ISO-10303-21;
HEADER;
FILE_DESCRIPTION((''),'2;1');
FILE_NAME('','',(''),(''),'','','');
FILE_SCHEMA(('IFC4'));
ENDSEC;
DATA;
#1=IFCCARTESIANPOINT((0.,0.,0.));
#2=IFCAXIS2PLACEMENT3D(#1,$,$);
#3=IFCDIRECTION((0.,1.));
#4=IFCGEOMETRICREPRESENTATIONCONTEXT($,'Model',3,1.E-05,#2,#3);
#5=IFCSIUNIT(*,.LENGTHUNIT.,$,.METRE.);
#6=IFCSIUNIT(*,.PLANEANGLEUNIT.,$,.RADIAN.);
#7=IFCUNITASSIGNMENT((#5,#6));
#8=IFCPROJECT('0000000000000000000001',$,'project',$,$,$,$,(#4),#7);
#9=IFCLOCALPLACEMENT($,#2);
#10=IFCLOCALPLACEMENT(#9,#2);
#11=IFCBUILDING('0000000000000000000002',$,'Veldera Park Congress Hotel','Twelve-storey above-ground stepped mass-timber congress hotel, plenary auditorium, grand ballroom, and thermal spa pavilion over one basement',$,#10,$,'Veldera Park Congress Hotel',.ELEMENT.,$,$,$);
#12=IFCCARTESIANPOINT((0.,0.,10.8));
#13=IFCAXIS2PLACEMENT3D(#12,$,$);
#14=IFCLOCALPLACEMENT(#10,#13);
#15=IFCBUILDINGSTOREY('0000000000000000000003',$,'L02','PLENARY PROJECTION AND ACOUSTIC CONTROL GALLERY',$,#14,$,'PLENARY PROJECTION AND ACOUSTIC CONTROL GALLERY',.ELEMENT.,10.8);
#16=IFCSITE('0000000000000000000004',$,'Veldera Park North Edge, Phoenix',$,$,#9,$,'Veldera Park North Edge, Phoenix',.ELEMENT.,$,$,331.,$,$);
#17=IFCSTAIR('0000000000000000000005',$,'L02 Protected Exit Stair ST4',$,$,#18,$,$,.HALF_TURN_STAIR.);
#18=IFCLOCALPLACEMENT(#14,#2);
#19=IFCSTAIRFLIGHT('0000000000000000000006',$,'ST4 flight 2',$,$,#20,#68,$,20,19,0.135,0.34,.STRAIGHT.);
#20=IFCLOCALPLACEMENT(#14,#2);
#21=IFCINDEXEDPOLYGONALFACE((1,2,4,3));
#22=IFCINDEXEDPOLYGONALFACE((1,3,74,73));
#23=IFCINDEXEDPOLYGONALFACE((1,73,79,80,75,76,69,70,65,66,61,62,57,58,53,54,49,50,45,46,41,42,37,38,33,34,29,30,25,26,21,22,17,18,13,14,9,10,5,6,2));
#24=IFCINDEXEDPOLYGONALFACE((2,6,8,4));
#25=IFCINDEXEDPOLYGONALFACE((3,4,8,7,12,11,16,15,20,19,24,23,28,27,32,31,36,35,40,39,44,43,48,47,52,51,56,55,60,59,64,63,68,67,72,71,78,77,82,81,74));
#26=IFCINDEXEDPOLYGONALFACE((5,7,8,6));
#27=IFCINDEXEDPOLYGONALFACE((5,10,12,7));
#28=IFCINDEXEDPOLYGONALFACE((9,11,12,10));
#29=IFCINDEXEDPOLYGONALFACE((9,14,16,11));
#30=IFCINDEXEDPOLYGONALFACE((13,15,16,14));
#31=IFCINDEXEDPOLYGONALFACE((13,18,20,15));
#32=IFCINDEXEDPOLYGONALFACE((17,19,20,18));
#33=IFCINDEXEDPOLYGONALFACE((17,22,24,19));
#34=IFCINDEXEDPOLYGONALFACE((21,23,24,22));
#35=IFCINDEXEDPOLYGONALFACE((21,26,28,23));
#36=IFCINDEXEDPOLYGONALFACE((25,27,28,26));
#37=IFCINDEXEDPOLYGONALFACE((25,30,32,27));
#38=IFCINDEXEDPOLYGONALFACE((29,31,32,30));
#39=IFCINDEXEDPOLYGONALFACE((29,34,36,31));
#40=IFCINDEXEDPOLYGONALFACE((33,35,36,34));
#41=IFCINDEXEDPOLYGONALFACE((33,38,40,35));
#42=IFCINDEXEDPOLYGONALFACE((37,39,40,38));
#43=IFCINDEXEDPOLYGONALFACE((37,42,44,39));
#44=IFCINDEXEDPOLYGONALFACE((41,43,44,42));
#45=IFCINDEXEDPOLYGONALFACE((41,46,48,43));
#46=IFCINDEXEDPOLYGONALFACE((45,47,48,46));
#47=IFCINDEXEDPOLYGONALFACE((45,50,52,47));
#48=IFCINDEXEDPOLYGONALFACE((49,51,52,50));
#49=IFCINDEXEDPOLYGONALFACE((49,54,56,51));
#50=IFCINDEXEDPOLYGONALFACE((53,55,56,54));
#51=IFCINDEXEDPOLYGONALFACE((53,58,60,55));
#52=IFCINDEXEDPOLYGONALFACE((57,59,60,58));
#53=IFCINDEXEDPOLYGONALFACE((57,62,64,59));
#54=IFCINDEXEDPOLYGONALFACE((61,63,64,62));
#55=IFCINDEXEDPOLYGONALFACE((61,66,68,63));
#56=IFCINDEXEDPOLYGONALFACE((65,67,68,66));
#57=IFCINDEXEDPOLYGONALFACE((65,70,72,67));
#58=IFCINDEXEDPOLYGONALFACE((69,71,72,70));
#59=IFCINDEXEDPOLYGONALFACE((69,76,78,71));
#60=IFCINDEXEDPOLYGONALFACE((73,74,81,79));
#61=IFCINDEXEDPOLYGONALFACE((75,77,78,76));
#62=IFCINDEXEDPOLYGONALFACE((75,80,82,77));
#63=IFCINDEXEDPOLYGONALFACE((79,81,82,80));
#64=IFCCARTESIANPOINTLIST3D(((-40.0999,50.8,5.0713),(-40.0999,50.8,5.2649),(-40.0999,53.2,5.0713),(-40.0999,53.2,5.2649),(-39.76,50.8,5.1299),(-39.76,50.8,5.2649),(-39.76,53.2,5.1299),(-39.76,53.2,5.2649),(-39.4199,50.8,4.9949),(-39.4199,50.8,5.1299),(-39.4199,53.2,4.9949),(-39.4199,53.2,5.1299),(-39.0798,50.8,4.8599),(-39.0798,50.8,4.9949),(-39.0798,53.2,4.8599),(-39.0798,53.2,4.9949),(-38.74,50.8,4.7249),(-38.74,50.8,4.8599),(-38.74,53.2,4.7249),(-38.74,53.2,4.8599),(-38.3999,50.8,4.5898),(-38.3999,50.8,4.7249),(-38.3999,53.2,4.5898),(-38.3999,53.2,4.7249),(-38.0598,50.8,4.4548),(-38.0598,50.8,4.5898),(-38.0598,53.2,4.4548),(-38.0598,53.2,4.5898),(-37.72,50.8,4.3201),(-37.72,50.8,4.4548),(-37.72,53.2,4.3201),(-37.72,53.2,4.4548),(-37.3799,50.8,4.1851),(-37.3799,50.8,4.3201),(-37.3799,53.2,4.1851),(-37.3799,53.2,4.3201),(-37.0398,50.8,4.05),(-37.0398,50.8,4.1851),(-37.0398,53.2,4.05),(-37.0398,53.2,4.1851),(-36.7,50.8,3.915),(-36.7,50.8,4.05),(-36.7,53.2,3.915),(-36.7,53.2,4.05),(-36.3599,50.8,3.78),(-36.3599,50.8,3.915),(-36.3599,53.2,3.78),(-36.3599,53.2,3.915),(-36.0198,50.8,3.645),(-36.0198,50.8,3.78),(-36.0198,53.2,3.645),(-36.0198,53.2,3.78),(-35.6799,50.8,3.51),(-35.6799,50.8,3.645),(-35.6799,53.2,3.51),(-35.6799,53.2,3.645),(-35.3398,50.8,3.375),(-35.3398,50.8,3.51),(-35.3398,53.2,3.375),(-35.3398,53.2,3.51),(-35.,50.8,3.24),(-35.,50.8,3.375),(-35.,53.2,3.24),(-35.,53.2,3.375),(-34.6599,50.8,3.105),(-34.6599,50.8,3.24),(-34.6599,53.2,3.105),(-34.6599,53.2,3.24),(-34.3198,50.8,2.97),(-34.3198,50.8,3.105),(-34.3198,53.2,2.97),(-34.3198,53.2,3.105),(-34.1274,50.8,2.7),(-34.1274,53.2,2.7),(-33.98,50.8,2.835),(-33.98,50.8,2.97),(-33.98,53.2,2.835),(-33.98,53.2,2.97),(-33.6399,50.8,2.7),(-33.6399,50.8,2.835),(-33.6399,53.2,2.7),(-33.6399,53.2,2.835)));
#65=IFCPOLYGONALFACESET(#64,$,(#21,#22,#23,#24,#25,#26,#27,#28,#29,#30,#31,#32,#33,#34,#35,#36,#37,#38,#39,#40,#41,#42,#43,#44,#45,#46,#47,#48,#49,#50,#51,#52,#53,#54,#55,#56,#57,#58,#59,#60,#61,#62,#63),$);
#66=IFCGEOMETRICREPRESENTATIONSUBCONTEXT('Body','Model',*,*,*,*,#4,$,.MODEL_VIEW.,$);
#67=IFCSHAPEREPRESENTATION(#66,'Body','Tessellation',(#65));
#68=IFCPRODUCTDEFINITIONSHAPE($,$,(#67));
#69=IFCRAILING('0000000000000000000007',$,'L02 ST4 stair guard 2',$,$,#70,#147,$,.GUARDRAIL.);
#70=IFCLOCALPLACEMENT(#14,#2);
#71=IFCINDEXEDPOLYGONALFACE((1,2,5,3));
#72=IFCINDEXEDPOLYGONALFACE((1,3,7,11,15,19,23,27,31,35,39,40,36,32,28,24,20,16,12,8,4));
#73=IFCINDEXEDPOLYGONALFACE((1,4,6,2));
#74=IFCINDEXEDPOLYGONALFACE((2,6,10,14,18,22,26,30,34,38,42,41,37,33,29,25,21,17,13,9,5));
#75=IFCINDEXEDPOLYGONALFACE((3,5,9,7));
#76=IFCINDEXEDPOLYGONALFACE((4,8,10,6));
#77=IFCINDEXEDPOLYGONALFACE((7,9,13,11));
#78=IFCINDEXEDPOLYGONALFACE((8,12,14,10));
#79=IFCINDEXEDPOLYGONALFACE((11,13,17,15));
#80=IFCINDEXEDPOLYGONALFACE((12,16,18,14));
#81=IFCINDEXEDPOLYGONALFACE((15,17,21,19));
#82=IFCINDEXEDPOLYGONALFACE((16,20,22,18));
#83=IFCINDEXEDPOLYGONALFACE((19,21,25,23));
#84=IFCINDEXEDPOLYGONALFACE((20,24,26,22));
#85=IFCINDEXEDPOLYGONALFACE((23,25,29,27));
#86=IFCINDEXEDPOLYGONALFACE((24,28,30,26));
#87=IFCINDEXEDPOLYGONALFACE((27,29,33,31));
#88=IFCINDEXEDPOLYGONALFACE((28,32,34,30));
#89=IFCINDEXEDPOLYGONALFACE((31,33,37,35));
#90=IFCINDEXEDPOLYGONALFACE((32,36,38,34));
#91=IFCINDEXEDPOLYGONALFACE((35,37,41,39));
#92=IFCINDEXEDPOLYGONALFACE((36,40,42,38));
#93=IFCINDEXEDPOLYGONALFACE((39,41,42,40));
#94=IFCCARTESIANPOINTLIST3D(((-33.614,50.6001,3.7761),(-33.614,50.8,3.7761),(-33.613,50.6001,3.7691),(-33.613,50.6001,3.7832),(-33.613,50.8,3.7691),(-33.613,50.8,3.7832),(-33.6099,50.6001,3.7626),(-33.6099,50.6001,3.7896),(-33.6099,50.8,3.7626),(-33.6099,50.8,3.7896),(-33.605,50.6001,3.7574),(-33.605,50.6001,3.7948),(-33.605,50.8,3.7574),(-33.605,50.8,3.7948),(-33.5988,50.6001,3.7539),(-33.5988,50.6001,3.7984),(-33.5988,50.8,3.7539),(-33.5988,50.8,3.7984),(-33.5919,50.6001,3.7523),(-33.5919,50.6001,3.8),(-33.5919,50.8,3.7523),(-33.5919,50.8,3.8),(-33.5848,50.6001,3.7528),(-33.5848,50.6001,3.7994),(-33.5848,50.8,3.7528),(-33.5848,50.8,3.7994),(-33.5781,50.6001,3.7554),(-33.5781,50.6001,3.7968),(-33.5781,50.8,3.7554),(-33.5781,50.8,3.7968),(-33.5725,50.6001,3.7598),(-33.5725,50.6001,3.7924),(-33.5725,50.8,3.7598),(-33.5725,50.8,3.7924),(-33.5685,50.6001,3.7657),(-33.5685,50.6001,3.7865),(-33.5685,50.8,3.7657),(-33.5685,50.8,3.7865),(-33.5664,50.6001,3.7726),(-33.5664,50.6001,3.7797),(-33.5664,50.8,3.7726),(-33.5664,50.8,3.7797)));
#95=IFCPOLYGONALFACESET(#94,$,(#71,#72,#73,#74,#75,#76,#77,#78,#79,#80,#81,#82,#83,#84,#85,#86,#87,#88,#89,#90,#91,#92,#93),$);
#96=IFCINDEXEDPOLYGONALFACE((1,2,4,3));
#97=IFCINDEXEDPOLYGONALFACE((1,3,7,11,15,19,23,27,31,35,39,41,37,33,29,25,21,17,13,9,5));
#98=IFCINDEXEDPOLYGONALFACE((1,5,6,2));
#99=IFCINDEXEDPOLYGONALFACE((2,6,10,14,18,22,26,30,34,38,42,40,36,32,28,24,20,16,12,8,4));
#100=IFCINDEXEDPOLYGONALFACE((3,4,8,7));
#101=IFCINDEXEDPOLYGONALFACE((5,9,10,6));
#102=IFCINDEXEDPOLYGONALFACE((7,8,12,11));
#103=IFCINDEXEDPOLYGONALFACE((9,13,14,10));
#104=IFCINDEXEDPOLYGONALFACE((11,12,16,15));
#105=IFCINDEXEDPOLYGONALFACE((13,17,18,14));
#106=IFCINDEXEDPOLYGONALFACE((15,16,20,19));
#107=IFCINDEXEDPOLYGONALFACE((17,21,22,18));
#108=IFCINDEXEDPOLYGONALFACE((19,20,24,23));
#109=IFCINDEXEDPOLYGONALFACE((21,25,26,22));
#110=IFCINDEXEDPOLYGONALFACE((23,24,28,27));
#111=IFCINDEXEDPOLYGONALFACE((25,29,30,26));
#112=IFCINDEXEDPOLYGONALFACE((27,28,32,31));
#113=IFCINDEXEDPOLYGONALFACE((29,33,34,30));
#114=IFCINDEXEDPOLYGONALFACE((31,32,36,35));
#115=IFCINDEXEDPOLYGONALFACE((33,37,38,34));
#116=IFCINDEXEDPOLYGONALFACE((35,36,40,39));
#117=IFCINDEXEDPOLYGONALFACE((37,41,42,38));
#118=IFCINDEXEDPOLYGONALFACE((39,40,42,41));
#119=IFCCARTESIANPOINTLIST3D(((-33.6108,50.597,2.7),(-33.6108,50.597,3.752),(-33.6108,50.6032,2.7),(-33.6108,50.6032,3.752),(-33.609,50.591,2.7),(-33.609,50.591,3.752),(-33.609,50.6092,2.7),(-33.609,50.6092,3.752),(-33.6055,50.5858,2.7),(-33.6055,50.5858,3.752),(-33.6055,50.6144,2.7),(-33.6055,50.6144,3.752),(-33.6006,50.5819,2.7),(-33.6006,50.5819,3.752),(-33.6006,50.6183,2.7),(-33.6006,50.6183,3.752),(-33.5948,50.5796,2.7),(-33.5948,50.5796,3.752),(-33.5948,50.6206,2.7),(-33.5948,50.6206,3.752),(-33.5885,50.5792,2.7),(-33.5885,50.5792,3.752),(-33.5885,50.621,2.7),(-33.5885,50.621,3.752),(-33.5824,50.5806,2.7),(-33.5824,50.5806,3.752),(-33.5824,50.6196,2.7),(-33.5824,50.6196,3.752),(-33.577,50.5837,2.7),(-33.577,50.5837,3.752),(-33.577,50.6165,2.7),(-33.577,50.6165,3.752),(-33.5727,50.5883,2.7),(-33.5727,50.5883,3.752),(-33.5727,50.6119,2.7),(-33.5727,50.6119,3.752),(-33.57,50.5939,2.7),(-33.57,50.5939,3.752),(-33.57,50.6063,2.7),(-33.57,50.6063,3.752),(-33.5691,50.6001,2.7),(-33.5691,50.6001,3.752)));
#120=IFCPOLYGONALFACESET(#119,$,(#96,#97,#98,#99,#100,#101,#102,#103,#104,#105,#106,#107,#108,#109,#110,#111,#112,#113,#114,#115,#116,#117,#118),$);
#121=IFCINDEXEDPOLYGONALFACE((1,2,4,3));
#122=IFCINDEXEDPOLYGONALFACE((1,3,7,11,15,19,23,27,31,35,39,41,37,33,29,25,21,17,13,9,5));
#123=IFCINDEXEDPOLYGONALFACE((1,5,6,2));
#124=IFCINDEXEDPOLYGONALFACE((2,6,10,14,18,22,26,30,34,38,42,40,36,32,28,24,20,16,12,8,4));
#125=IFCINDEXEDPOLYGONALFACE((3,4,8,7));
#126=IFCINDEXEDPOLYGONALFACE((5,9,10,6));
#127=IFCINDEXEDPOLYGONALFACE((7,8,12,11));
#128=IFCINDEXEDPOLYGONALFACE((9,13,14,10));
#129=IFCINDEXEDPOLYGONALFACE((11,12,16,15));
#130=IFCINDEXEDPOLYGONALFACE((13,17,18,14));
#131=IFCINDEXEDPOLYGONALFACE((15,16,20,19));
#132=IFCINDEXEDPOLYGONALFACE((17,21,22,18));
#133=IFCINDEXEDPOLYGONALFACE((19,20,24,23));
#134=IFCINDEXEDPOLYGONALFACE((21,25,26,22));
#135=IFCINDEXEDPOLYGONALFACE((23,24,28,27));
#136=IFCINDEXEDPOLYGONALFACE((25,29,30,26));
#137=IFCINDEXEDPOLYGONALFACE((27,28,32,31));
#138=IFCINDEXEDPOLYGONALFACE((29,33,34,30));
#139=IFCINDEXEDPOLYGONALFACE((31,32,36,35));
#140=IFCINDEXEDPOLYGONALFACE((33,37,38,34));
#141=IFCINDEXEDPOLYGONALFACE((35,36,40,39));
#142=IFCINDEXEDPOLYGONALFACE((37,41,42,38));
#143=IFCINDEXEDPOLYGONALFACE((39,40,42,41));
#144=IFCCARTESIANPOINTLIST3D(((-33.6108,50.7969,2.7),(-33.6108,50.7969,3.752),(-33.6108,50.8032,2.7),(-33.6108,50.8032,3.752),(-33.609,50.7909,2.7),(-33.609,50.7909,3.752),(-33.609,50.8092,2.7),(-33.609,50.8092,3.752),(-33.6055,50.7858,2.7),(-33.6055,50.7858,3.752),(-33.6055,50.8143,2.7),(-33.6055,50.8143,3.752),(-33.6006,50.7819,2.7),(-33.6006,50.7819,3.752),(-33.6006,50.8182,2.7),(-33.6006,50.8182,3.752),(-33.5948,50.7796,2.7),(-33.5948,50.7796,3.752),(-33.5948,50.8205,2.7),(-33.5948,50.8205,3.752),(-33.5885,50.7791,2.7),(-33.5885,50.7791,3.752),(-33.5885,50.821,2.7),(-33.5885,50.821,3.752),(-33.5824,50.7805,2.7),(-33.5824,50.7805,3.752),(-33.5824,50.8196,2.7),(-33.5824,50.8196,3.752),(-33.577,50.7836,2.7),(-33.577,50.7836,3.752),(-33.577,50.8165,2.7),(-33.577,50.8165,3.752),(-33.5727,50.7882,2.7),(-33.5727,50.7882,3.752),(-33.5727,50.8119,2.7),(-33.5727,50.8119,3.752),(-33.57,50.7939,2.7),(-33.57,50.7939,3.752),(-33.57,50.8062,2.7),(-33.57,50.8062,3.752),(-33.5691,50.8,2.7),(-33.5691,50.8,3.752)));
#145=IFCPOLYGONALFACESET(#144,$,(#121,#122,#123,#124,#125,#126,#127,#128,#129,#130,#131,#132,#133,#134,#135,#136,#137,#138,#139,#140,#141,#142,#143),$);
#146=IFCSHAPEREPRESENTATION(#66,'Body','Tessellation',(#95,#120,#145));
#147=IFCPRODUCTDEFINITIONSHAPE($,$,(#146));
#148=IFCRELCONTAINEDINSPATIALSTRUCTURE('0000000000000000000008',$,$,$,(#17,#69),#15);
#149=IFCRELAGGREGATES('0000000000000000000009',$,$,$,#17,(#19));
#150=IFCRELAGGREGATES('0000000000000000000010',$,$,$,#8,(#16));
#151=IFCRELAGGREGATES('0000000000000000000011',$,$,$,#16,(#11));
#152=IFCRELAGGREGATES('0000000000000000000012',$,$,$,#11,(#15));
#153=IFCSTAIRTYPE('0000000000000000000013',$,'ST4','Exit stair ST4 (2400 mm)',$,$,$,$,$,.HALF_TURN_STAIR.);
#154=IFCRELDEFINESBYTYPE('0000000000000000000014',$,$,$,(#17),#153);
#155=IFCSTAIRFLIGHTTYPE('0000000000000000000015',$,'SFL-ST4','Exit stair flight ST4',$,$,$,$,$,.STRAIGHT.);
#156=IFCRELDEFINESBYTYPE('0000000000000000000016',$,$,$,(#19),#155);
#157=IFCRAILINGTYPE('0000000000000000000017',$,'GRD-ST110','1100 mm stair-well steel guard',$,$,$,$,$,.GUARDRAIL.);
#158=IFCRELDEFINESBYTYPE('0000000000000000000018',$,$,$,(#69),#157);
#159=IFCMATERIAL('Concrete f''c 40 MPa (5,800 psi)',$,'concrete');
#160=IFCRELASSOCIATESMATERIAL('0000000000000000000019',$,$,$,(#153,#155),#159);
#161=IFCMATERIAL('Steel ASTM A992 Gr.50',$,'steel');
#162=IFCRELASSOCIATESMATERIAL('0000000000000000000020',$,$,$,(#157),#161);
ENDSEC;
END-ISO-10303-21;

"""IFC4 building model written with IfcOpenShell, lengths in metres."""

from ifc_helpers import new_model, si_unit, direction, frame, origin, origin_2d, place, context, subcontext, project, spatial, polyline, circle, outline, extrude, material, type_object, element, aggregate, save


model = new_model("IFC4")

# Units and contexts
model_context = context("Model", 3, precision=1e-05, world=origin(), true_north=direction((0.0, 1.0)))
body_context = subcontext(model_context, "Body", "Model", "MODEL_VIEW")
ifc_project = project(units=[si_unit("LENGTHUNIT", "METRE"), si_unit("PLANEANGLEUNIT", "RADIAN")], contexts=[model_context])

# Site, building, storey
site_placement = place(None, origin())
site = spatial("IfcSite", under=ifc_project, at=site_placement, Name="Veldera Park North Edge, Phoenix", LongName="Veldera Park North Edge, Phoenix", CompositionType="ELEMENT", RefElevation=331.0)
building_placement = place(site_placement, origin())
building = spatial("IfcBuilding", under=site, at=building_placement, Name="Veldera Park Congress Hotel", Description="Twelve-storey above-ground stepped mass-timber congress hotel, plenary auditorium, grand ballroom, and thermal spa pavilion over one basement", LongName="Veldera Park Congress Hotel", CompositionType="ELEMENT")
storey_placement = place(building_placement, frame((0.0, 0.0, 10.8)))
storey = spatial("IfcBuildingStorey", under=building, at=storey_placement, Name="L02", Description="PLENARY PROJECTION AND ACOUSTIC CONTROL GALLERY", LongName="PLENARY PROJECTION AND ACOUSTIC CONTROL GALLERY", CompositionType="ELEMENT", Elevation=10.8)

# Shared definitions
ifc_material_1 = material(Name="Steel ASTM A992 Gr.50", Category="steel")

# Shared definitions
ifc_material_2 = material(Name="Concrete f'c 40 MPa (5,800 psi)", Category="concrete")

# Stair, stair flight
stair_type = type_object("IfcStairType", Name="ST4", Description="Exit stair ST4 (2400 mm)", PredefinedType="HALF_TURN_STAIR", material=ifc_material_2)
stair_placement = place(storey_placement, origin())
stair = element("IfcStair", 1, at=stair_placement, inside=storey, type_object=stair_type, Name="L02 Protected Exit Stair ST4", PredefinedType="HALF_TURN_STAIR")
stair_flight_type = type_object("IfcStairFlightType", Name="SFL-ST4", Description="Exit stair flight ST4", PredefinedType="STRAIGHT", material=ifc_material_2)
stair_flight_placement = place(storey_placement, frame((-33.6399, 52.0, 2.7), z_axis=(0.0, 0.0, 1.0), x_axis=(-1.0, 0.0, 0.0)))
stair_flight = element("IfcStairFlight", 2, at=stair_flight_placement, type_object=stair_flight_type, Name="ST4 flight 2", NumberOfRisers=20, NumberOfTreads=19, PredefinedType="STRAIGHT", RiserHeight=0.135, TreadLength=0.34, context=body_context, shape_type="SweptSolid", body=[
    extrude(outline(polyline([(0.0, 0.0), (0.0, 0.135), (0.3401, 0.135), (0.3401, 0.27), (0.6799, 0.27), (0.6799, 0.405), (1.02, 0.405), (1.02, 0.54), (1.3601, 0.54), (1.3601, 0.675), (1.7, 0.675), (1.7, 0.8101), (2.04, 0.8101), (2.04, 0.9451), (2.3799, 0.9451), (2.3799, 1.0801), (2.72, 1.0801), (2.72, 1.2151), (3.0601, 1.2151), (3.0601, 1.3501), (3.3999, 1.3501), (3.3999, 1.4851), (3.74, 1.4851), (3.74, 1.6201), (4.0801, 1.6201), (4.0801, 1.7549), (4.4199, 1.7549), (4.4199, 1.8899), (4.76, 1.8899), (4.76, 2.0249), (5.1001, 2.0249), (5.1001, 2.1599), (5.4399, 2.1599), (5.4399, 2.2949), (5.78, 2.2949), (5.78, 2.4299), (6.1201, 2.4299), (6.1201, 2.5649), (6.46, 2.5649), (6.46, 2.7), (6.46, 2.7), (6.46, 2.3713), (0.4875, 0.0), (0.0, 0.0)])), frame((0.0, 1.2, 0.0), z_axis=(0.0, -1.0, 0.0), x_axis=(1.0, 0.0, 0.0)), (0.0, 0.0, 1.0), 2.3999),
])
aggregate(stair, [stair_flight])

# Railing
railing_type_1 = type_object("IfcRailingType", Name="GRD-ST110", Description="1100 mm stair-well steel guard", PredefinedType="GUARDRAIL", material=ifc_material_1)
railing_1_placement = place(storey_placement, frame((-33.5901, 50.6001, 2.7)))
element("IfcRailing", 3, at=railing_1_placement, inside=storey, type_object=railing_type_1, Name="L02 ST4 stair guard 2", PredefinedType="GUARDRAIL", context=body_context, shape_type="SweptSolid", body=[
    extrude(circle(Radius=0.0239, at=origin_2d()), frame((0.0, 0.0, 1.0762), z_axis=(0.0, 1.0, 0.0), x_axis=(-1.0, 0.0, 0.0)), (0.0, 0.0, 1.0), 0.2),
    extrude(circle(Radius=0.021, at=origin_2d()), origin(), (0.0, 0.0, 1.0), 1.052),
    extrude(circle(Radius=0.021, at=origin_2d()), frame((0.0, 0.2, 0.0)), (0.0, 0.0, 1.0), 1.052),
])

save(model, "model.ifc")
